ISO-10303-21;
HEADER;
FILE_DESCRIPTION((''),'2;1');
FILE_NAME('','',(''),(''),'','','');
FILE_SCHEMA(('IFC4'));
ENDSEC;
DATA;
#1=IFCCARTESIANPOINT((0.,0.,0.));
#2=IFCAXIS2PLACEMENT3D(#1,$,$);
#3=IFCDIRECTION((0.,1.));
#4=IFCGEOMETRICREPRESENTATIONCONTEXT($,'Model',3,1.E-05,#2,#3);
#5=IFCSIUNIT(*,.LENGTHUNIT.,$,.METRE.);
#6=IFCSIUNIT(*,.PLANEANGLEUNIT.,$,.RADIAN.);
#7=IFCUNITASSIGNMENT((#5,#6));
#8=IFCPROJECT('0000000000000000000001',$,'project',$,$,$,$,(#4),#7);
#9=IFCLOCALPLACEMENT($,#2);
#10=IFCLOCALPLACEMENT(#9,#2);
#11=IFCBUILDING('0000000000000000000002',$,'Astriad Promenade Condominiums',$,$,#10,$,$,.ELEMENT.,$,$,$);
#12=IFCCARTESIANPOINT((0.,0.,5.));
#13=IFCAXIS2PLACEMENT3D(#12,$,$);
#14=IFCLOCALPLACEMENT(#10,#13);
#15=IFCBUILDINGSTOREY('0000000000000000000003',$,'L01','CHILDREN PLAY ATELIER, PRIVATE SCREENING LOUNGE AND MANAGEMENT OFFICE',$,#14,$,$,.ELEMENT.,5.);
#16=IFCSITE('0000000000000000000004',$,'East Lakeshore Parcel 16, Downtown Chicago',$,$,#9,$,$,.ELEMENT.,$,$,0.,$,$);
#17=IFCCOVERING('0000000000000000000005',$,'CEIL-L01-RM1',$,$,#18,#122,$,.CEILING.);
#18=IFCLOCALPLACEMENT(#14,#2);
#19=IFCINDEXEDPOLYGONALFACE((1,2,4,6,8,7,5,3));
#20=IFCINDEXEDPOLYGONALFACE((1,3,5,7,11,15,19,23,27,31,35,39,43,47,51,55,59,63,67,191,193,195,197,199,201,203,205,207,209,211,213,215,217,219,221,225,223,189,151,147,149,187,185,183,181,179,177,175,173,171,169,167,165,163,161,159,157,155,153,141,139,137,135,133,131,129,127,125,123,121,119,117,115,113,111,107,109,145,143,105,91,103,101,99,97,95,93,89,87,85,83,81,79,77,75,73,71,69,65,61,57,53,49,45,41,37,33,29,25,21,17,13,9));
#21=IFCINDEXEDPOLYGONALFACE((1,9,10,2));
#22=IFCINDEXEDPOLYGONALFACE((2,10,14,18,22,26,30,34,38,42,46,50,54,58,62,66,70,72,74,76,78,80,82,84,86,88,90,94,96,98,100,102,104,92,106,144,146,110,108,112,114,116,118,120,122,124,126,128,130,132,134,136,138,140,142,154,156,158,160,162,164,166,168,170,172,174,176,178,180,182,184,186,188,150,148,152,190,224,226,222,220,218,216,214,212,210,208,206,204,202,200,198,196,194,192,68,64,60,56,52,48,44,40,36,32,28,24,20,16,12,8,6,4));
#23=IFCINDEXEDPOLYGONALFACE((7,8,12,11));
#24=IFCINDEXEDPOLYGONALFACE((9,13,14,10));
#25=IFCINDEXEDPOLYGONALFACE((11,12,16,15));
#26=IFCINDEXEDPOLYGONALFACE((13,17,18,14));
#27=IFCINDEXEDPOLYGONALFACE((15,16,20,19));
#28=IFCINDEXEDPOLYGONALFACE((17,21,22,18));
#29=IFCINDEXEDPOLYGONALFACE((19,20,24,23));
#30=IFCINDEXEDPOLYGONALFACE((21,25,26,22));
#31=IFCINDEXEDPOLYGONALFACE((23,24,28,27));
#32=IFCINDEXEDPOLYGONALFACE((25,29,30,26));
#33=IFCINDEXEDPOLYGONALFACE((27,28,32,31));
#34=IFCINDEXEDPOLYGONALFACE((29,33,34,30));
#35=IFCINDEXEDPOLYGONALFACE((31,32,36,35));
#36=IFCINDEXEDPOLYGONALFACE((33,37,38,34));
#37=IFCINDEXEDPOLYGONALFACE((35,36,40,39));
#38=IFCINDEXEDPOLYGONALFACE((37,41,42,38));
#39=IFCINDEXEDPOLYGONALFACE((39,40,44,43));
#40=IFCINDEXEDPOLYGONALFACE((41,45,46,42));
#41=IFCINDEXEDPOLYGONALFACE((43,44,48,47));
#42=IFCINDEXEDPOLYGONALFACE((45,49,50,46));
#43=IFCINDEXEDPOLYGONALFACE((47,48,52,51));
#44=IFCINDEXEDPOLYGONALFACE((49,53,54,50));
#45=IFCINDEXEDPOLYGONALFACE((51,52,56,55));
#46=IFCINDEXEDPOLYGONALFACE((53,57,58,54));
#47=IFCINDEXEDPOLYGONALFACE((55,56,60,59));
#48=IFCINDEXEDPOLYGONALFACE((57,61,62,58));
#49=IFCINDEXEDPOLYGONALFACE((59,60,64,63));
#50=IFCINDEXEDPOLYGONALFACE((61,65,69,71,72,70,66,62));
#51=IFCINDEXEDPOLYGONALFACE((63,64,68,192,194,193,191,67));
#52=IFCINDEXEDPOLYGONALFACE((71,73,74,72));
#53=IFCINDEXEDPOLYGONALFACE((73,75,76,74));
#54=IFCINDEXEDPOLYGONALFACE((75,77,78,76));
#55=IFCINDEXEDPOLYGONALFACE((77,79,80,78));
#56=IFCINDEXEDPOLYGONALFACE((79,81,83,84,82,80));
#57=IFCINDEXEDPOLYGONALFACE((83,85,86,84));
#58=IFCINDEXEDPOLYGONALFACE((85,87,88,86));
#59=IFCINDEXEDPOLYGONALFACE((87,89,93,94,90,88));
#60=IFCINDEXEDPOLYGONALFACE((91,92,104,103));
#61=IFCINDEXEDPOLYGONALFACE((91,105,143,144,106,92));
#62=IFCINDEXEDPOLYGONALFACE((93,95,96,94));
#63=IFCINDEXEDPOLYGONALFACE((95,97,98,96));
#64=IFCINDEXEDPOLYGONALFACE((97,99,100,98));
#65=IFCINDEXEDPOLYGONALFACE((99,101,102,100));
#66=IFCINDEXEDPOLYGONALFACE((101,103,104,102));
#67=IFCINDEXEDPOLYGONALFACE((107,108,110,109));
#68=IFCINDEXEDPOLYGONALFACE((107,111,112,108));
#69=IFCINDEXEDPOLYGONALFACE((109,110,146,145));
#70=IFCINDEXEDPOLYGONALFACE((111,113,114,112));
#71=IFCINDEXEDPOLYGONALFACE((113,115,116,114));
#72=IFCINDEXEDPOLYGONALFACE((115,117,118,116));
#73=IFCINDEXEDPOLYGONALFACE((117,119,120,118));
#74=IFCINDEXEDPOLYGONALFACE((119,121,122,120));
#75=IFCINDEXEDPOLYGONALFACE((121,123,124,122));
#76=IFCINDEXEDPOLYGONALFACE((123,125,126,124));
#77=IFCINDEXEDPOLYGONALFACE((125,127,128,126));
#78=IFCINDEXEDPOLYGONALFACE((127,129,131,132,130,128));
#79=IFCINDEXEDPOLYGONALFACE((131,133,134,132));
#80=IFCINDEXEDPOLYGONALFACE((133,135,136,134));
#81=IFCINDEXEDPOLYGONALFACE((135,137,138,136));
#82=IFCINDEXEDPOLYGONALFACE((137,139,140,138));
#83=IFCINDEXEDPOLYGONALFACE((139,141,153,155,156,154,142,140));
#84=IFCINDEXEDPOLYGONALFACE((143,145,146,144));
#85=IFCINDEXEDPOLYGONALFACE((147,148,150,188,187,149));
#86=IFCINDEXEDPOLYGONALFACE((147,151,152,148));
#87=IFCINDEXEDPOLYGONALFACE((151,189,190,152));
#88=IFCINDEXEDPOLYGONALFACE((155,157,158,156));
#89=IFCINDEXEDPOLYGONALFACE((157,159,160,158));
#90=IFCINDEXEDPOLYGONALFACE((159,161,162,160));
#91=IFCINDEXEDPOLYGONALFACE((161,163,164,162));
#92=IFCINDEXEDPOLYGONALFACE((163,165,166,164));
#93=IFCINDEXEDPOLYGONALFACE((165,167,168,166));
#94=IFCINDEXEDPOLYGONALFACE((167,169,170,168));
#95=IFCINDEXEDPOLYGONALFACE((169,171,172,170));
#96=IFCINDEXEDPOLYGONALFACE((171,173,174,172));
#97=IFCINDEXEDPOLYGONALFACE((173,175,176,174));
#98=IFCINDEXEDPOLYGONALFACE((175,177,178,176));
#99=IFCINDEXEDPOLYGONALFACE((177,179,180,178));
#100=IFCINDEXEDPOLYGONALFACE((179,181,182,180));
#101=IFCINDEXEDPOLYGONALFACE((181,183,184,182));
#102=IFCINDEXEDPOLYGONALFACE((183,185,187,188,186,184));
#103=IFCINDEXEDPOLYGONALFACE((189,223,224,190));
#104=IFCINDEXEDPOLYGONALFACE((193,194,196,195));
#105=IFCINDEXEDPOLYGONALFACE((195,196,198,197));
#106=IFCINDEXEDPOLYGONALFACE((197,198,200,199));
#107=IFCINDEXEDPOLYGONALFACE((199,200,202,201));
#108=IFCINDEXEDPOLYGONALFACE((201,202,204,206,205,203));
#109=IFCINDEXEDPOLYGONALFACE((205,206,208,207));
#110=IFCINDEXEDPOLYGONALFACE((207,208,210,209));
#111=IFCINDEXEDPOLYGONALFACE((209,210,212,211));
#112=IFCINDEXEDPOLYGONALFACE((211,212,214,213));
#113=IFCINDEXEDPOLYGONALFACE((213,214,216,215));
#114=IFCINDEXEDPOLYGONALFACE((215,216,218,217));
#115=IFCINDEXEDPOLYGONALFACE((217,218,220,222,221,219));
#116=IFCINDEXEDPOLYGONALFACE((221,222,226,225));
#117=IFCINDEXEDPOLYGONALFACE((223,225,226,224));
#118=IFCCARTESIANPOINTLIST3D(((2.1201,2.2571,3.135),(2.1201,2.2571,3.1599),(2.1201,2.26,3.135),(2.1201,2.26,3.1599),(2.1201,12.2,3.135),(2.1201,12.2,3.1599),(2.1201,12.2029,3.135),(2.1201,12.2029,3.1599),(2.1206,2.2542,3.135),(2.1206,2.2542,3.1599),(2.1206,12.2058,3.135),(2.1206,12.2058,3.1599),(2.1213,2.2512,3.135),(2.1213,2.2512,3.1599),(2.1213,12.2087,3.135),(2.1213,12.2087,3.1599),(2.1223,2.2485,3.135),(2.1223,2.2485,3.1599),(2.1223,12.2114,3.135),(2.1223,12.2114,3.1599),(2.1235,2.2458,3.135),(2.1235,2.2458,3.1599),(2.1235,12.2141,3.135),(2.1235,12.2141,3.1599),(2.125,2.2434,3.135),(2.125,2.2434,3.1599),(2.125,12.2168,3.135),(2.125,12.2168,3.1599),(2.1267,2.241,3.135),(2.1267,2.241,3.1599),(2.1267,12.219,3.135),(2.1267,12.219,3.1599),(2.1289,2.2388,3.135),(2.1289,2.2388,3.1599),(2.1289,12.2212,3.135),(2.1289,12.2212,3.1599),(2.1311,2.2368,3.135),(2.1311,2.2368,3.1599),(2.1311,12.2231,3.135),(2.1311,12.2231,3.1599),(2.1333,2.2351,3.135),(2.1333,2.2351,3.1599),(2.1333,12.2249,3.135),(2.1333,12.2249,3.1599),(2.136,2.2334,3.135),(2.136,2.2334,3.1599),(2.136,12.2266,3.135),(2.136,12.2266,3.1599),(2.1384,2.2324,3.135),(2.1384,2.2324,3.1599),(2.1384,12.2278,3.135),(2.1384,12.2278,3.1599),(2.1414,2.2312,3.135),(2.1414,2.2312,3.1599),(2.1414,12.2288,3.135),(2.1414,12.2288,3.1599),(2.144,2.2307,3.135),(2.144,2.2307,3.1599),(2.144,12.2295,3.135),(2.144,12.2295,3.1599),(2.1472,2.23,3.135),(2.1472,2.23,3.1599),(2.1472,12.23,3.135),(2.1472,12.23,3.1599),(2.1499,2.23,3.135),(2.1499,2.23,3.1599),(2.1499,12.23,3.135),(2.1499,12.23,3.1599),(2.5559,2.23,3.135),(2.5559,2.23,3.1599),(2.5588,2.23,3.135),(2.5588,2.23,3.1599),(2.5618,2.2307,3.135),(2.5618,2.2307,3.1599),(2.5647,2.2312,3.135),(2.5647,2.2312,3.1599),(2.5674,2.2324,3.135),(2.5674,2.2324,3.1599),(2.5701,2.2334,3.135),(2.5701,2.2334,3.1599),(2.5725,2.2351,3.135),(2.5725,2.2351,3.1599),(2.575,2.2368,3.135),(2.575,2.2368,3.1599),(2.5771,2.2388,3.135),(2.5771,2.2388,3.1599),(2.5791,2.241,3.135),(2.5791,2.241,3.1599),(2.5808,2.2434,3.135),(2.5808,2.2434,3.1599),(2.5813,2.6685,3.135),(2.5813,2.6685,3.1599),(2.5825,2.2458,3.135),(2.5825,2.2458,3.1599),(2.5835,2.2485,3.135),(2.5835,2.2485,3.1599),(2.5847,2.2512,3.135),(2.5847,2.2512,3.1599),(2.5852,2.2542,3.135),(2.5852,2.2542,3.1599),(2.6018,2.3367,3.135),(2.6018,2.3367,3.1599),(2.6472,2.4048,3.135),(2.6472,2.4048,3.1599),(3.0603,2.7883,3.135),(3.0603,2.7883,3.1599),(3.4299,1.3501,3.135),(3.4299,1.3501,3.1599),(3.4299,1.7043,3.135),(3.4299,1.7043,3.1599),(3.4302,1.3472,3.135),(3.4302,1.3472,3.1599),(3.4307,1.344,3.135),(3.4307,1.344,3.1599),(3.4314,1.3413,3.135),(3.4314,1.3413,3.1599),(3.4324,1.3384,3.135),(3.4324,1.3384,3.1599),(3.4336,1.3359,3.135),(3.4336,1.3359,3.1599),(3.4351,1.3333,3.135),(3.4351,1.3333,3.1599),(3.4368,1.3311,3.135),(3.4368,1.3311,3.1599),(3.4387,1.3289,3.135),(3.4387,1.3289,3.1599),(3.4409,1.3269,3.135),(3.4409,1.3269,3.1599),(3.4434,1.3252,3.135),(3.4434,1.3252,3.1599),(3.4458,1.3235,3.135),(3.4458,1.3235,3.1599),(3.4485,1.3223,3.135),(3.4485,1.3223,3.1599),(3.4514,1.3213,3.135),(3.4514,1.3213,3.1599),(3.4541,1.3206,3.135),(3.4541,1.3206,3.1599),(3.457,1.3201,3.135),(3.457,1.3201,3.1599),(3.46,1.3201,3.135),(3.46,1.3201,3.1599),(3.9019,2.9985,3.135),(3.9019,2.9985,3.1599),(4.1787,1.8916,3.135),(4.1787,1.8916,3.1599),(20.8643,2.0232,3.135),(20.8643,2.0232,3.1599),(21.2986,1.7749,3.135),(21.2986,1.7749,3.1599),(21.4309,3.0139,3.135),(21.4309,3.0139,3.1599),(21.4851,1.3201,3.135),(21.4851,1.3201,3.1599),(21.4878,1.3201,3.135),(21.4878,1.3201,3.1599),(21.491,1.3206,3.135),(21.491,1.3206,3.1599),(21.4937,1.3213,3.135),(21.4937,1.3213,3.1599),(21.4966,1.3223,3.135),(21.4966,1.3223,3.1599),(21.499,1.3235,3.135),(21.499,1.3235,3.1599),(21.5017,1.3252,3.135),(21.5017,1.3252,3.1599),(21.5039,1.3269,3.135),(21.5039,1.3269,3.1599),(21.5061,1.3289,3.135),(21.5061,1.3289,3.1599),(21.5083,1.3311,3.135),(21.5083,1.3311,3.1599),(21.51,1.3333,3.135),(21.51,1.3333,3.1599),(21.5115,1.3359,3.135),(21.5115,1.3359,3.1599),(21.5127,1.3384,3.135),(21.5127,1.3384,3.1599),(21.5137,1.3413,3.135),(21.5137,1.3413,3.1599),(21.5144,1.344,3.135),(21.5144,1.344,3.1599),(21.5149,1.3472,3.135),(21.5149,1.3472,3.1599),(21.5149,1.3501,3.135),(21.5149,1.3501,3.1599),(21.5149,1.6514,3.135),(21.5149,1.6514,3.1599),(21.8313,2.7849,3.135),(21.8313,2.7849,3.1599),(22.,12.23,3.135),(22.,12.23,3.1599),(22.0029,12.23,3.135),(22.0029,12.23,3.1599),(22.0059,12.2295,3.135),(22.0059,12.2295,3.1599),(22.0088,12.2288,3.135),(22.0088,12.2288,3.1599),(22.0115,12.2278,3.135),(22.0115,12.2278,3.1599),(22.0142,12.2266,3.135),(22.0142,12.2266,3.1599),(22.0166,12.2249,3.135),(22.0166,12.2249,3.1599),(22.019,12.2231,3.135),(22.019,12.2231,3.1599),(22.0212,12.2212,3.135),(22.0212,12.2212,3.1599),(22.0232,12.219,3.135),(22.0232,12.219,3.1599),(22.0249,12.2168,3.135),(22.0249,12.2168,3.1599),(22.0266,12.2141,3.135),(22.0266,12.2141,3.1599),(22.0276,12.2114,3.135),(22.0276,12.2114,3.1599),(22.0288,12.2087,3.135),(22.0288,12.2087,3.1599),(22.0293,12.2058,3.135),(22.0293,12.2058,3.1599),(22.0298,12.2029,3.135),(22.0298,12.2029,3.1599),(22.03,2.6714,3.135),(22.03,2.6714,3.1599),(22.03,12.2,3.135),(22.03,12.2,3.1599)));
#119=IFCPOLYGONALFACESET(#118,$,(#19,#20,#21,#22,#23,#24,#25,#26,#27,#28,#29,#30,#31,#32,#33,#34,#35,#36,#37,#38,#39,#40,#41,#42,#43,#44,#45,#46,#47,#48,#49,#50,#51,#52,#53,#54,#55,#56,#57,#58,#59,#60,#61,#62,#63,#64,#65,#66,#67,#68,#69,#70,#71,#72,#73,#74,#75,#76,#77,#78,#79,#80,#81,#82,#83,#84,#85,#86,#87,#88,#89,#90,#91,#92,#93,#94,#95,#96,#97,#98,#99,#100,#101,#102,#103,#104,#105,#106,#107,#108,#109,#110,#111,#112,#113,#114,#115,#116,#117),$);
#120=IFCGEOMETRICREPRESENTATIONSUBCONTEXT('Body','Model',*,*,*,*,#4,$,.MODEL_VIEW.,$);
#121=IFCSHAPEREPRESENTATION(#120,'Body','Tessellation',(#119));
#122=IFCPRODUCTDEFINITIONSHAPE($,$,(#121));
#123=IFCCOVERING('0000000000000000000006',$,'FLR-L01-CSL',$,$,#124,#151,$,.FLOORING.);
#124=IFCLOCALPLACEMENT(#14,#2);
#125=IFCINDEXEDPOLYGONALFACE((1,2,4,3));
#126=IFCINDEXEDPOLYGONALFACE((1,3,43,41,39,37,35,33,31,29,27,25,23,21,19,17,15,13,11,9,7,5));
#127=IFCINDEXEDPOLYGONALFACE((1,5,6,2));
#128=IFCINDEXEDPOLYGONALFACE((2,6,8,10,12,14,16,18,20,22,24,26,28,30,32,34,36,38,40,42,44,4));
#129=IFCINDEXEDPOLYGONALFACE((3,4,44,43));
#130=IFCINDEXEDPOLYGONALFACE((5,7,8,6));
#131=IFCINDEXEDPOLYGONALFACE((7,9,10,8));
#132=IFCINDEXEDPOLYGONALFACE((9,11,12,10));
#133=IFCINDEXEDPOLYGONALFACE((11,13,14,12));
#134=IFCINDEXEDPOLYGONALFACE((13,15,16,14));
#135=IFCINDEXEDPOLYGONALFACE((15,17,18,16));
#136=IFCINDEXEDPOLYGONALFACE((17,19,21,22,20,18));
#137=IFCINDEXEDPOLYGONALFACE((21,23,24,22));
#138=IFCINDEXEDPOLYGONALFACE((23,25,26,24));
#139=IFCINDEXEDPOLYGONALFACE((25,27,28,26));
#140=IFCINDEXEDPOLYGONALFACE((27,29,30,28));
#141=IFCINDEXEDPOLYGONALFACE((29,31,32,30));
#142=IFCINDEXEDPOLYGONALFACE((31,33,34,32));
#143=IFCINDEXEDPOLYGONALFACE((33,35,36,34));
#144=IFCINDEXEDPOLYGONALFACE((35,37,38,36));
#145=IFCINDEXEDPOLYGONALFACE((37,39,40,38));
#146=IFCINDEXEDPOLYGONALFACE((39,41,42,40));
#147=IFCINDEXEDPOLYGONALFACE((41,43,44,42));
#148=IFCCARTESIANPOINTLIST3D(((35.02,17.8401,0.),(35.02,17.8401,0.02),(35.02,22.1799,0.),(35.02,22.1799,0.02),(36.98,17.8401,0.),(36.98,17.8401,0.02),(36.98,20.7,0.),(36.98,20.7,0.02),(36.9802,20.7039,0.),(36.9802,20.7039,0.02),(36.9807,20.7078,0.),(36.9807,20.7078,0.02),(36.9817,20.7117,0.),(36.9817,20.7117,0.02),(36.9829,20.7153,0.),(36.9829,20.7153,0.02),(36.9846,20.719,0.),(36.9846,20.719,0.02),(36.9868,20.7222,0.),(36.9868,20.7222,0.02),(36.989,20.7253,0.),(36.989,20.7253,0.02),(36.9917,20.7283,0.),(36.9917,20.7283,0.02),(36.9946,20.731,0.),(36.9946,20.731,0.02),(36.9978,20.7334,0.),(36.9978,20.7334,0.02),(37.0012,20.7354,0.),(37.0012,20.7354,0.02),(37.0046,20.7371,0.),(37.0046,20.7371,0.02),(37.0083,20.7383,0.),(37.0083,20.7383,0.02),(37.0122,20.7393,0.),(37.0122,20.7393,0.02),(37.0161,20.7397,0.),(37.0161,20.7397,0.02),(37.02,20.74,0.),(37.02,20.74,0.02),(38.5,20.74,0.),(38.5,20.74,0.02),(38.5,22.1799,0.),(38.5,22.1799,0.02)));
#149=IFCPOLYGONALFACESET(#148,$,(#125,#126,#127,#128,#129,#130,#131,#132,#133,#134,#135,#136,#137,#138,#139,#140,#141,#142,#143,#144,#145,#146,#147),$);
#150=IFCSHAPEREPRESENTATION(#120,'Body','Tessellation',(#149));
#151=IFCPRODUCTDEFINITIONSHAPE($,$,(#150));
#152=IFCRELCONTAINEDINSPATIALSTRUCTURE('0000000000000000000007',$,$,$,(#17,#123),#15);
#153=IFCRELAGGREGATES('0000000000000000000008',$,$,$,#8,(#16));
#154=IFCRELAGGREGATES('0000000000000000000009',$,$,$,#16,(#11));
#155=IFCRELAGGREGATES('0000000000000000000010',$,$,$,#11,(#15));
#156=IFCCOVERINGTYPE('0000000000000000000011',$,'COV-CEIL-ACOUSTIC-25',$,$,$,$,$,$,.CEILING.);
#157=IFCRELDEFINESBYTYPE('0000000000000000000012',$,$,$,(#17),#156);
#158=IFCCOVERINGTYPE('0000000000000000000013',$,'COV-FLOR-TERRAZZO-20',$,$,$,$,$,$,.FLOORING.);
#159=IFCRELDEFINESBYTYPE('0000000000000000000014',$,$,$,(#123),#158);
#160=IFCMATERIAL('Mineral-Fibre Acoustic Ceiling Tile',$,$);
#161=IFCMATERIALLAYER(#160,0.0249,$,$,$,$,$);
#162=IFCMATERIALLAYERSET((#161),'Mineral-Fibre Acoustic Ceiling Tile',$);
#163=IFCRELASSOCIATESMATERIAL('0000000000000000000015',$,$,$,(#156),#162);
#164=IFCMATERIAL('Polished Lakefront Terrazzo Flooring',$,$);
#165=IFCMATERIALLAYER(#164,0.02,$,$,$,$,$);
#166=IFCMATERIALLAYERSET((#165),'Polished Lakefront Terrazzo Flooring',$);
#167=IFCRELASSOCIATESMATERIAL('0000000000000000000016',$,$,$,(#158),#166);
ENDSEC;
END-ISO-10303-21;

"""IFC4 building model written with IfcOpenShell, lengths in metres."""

from ifc_helpers import new_model, si_unit, direction, frame, origin, place, context, subcontext, project, spatial, polyline, outline, extrude, material, layer, layer_set, type_object, element, save


model = new_model("IFC4")

# Units and contexts
model_context = context("Model", 3, precision=1e-05, world=origin(), true_north=direction((0.0, 1.0)))
body_context = subcontext(model_context, "Body", "Model", "MODEL_VIEW")
ifc_project = project(units=[si_unit("LENGTHUNIT", "METRE"), si_unit("PLANEANGLEUNIT", "RADIAN")], contexts=[model_context])

# Site, building, storey
site_placement = place(None, origin())
site = spatial("IfcSite", under=ifc_project, at=site_placement, Name="East Lakeshore Parcel 16, Downtown Chicago", CompositionType="ELEMENT", RefElevation=0.0)
building_placement = place(site_placement, origin())
building = spatial("IfcBuilding", under=site, at=building_placement, Name="Astriad Promenade Condominiums", CompositionType="ELEMENT")
storey_placement = place(building_placement, frame((0.0, 0.0, 5.0)))
storey = spatial("IfcBuildingStorey", under=building, at=storey_placement, Name="L01", Description="CHILDREN PLAY ATELIER, PRIVATE SCREENING LOUNGE AND MANAGEMENT OFFICE", CompositionType="ELEMENT", Elevation=5.0)

# Coverings
ifc_material_1 = material(Name="Mineral-Fibre Acoustic Ceiling Tile")
ifc_layer_1 = layer(ifc_material_1, 0.0249)
ifc_layer_set_1 = layer_set([ifc_layer_1], Name="Mineral-Fibre Acoustic Ceiling Tile")
covering_type_1 = type_object("IfcCoveringType", Name="COV-CEIL-ACOUSTIC-25", PredefinedType="CEILING", material=ifc_layer_set_1)
covering_1_placement = place(storey_placement, frame((0.0, 0.0, 3.135)))
element("IfcCovering", 1, at=covering_1_placement, inside=storey, type_object=covering_type_1, Name="CEIL-L01-RM1", PredefinedType="CEILING", context=body_context, shape_type="SweptSolid", body=[
    extrude(outline(polyline([(2.1206, 12.2058), (2.1213, 12.2087), (2.1223, 12.2114), (2.1235, 12.2141), (2.125, 12.2168), (2.1267, 12.219), (2.1289, 12.2212), (2.1311, 12.2231), (2.1333, 12.2249), (2.136, 12.2266), (2.1384, 12.2278), (2.1414, 12.2288), (2.144, 12.2295), (2.1472, 12.23), (2.1499, 12.23), (22.0, 12.23), (22.0029, 12.23), (22.0059, 12.2295), (22.0088, 12.2288), (22.0115, 12.2278), (22.0142, 12.2266), (22.0166, 12.2249), (22.019, 12.2231), (22.0212, 12.2212), (22.0232, 12.219), (22.0249, 12.2168), (22.0266, 12.2141), (22.0276, 12.2114), (22.0288, 12.2087), (22.0293, 12.2058), (22.0298, 12.2029), (22.03, 12.2), (22.03, 2.6714), (21.8313, 2.7849), (21.4309, 3.0139), (20.8643, 2.0232), (21.2986, 1.7749), (21.5149, 1.6514), (21.5149, 1.3501), (21.5149, 1.3472), (21.5144, 1.344), (21.5137, 1.3413), (21.5127, 1.3384), (21.5115, 1.3359), (21.51, 1.3333), (21.5083, 1.3311), (21.5061, 1.3289), (21.5039, 1.3269), (21.5017, 1.3252), (21.499, 1.3235), (21.4966, 1.3223), (21.4937, 1.3213), (21.491, 1.3206), (21.4878, 1.3201), (21.4851, 1.3201), (3.46, 1.3201), (3.457, 1.3201), (3.4541, 1.3206), (3.4514, 1.3213), (3.4485, 1.3223), (3.4458, 1.3235), (3.4434, 1.3252), (3.4409, 1.3269), (3.4387, 1.3289), (3.4368, 1.3311), (3.4351, 1.3333), (3.4336, 1.3359), (3.4324, 1.3384), (3.4314, 1.3413), (3.4307, 1.344), (3.4302, 1.3472), (3.4299, 1.3501), (3.4299, 1.7043), (4.1787, 1.8916), (3.9019, 2.9985), (3.0603, 2.7883), (2.5813, 2.6685), (2.6472, 2.4048), (2.6018, 2.3367), (2.5852, 2.2542), (2.5847, 2.2512), (2.5835, 2.2485), (2.5825, 2.2458), (2.5808, 2.2434), (2.5791, 2.241), (2.5771, 2.2388), (2.575, 2.2368), (2.5725, 2.2351), (2.5701, 2.2334), (2.5674, 2.2324), (2.5647, 2.2312), (2.5618, 2.2307), (2.5588, 2.23), (2.5559, 2.23), (2.1499, 2.23), (2.1472, 2.23), (2.144, 2.2307), (2.1414, 2.2312), (2.1384, 2.2324), (2.136, 2.2334), (2.1333, 2.2351), (2.1311, 2.2368), (2.1289, 2.2388), (2.1267, 2.241), (2.125, 2.2434), (2.1235, 2.2458), (2.1223, 2.2485), (2.1213, 2.2512), (2.1206, 2.2542), (2.1201, 2.2571), (2.1201, 2.26), (2.1201, 12.2), (2.1201, 12.2029), (2.1206, 12.2058)])), origin(), (0.0, 0.0, 1.0), 0.0249),
])
ifc_material_2 = material(Name="Polished Lakefront Terrazzo Flooring")
ifc_layer_2 = layer(ifc_material_2, 0.02)
ifc_layer_set_2 = layer_set([ifc_layer_2], Name="Polished Lakefront Terrazzo Flooring")
covering_type_2 = type_object("IfcCoveringType", Name="COV-FLOR-TERRAZZO-20", PredefinedType="FLOORING", material=ifc_layer_set_2)
covering_2_placement = place(storey_placement, origin())
element("IfcCovering", 2, at=covering_2_placement, inside=storey, type_object=covering_type_2, Name="FLR-L01-CSL", PredefinedType="FLOORING", context=body_context, shape_type="SweptSolid", body=[
    extrude(outline(polyline([(36.98, 20.7), (36.98, 17.8401), (35.02, 17.8401), (35.02, 22.1799), (38.5, 22.1799), (38.5, 20.74), (37.02, 20.74), (37.0161, 20.7397), (37.0122, 20.7393), (37.0083, 20.7383), (37.0046, 20.7371), (37.0012, 20.7354), (36.9978, 20.7334), (36.9946, 20.731), (36.9917, 20.7283), (36.989, 20.7253), (36.9868, 20.7222), (36.9846, 20.719), (36.9829, 20.7153), (36.9817, 20.7117), (36.9807, 20.7078), (36.9802, 20.7039), (36.98, 20.7)])), origin(), (0.0, 0.0, 1.0), 0.02),
])

save(model, "model.ifc")
